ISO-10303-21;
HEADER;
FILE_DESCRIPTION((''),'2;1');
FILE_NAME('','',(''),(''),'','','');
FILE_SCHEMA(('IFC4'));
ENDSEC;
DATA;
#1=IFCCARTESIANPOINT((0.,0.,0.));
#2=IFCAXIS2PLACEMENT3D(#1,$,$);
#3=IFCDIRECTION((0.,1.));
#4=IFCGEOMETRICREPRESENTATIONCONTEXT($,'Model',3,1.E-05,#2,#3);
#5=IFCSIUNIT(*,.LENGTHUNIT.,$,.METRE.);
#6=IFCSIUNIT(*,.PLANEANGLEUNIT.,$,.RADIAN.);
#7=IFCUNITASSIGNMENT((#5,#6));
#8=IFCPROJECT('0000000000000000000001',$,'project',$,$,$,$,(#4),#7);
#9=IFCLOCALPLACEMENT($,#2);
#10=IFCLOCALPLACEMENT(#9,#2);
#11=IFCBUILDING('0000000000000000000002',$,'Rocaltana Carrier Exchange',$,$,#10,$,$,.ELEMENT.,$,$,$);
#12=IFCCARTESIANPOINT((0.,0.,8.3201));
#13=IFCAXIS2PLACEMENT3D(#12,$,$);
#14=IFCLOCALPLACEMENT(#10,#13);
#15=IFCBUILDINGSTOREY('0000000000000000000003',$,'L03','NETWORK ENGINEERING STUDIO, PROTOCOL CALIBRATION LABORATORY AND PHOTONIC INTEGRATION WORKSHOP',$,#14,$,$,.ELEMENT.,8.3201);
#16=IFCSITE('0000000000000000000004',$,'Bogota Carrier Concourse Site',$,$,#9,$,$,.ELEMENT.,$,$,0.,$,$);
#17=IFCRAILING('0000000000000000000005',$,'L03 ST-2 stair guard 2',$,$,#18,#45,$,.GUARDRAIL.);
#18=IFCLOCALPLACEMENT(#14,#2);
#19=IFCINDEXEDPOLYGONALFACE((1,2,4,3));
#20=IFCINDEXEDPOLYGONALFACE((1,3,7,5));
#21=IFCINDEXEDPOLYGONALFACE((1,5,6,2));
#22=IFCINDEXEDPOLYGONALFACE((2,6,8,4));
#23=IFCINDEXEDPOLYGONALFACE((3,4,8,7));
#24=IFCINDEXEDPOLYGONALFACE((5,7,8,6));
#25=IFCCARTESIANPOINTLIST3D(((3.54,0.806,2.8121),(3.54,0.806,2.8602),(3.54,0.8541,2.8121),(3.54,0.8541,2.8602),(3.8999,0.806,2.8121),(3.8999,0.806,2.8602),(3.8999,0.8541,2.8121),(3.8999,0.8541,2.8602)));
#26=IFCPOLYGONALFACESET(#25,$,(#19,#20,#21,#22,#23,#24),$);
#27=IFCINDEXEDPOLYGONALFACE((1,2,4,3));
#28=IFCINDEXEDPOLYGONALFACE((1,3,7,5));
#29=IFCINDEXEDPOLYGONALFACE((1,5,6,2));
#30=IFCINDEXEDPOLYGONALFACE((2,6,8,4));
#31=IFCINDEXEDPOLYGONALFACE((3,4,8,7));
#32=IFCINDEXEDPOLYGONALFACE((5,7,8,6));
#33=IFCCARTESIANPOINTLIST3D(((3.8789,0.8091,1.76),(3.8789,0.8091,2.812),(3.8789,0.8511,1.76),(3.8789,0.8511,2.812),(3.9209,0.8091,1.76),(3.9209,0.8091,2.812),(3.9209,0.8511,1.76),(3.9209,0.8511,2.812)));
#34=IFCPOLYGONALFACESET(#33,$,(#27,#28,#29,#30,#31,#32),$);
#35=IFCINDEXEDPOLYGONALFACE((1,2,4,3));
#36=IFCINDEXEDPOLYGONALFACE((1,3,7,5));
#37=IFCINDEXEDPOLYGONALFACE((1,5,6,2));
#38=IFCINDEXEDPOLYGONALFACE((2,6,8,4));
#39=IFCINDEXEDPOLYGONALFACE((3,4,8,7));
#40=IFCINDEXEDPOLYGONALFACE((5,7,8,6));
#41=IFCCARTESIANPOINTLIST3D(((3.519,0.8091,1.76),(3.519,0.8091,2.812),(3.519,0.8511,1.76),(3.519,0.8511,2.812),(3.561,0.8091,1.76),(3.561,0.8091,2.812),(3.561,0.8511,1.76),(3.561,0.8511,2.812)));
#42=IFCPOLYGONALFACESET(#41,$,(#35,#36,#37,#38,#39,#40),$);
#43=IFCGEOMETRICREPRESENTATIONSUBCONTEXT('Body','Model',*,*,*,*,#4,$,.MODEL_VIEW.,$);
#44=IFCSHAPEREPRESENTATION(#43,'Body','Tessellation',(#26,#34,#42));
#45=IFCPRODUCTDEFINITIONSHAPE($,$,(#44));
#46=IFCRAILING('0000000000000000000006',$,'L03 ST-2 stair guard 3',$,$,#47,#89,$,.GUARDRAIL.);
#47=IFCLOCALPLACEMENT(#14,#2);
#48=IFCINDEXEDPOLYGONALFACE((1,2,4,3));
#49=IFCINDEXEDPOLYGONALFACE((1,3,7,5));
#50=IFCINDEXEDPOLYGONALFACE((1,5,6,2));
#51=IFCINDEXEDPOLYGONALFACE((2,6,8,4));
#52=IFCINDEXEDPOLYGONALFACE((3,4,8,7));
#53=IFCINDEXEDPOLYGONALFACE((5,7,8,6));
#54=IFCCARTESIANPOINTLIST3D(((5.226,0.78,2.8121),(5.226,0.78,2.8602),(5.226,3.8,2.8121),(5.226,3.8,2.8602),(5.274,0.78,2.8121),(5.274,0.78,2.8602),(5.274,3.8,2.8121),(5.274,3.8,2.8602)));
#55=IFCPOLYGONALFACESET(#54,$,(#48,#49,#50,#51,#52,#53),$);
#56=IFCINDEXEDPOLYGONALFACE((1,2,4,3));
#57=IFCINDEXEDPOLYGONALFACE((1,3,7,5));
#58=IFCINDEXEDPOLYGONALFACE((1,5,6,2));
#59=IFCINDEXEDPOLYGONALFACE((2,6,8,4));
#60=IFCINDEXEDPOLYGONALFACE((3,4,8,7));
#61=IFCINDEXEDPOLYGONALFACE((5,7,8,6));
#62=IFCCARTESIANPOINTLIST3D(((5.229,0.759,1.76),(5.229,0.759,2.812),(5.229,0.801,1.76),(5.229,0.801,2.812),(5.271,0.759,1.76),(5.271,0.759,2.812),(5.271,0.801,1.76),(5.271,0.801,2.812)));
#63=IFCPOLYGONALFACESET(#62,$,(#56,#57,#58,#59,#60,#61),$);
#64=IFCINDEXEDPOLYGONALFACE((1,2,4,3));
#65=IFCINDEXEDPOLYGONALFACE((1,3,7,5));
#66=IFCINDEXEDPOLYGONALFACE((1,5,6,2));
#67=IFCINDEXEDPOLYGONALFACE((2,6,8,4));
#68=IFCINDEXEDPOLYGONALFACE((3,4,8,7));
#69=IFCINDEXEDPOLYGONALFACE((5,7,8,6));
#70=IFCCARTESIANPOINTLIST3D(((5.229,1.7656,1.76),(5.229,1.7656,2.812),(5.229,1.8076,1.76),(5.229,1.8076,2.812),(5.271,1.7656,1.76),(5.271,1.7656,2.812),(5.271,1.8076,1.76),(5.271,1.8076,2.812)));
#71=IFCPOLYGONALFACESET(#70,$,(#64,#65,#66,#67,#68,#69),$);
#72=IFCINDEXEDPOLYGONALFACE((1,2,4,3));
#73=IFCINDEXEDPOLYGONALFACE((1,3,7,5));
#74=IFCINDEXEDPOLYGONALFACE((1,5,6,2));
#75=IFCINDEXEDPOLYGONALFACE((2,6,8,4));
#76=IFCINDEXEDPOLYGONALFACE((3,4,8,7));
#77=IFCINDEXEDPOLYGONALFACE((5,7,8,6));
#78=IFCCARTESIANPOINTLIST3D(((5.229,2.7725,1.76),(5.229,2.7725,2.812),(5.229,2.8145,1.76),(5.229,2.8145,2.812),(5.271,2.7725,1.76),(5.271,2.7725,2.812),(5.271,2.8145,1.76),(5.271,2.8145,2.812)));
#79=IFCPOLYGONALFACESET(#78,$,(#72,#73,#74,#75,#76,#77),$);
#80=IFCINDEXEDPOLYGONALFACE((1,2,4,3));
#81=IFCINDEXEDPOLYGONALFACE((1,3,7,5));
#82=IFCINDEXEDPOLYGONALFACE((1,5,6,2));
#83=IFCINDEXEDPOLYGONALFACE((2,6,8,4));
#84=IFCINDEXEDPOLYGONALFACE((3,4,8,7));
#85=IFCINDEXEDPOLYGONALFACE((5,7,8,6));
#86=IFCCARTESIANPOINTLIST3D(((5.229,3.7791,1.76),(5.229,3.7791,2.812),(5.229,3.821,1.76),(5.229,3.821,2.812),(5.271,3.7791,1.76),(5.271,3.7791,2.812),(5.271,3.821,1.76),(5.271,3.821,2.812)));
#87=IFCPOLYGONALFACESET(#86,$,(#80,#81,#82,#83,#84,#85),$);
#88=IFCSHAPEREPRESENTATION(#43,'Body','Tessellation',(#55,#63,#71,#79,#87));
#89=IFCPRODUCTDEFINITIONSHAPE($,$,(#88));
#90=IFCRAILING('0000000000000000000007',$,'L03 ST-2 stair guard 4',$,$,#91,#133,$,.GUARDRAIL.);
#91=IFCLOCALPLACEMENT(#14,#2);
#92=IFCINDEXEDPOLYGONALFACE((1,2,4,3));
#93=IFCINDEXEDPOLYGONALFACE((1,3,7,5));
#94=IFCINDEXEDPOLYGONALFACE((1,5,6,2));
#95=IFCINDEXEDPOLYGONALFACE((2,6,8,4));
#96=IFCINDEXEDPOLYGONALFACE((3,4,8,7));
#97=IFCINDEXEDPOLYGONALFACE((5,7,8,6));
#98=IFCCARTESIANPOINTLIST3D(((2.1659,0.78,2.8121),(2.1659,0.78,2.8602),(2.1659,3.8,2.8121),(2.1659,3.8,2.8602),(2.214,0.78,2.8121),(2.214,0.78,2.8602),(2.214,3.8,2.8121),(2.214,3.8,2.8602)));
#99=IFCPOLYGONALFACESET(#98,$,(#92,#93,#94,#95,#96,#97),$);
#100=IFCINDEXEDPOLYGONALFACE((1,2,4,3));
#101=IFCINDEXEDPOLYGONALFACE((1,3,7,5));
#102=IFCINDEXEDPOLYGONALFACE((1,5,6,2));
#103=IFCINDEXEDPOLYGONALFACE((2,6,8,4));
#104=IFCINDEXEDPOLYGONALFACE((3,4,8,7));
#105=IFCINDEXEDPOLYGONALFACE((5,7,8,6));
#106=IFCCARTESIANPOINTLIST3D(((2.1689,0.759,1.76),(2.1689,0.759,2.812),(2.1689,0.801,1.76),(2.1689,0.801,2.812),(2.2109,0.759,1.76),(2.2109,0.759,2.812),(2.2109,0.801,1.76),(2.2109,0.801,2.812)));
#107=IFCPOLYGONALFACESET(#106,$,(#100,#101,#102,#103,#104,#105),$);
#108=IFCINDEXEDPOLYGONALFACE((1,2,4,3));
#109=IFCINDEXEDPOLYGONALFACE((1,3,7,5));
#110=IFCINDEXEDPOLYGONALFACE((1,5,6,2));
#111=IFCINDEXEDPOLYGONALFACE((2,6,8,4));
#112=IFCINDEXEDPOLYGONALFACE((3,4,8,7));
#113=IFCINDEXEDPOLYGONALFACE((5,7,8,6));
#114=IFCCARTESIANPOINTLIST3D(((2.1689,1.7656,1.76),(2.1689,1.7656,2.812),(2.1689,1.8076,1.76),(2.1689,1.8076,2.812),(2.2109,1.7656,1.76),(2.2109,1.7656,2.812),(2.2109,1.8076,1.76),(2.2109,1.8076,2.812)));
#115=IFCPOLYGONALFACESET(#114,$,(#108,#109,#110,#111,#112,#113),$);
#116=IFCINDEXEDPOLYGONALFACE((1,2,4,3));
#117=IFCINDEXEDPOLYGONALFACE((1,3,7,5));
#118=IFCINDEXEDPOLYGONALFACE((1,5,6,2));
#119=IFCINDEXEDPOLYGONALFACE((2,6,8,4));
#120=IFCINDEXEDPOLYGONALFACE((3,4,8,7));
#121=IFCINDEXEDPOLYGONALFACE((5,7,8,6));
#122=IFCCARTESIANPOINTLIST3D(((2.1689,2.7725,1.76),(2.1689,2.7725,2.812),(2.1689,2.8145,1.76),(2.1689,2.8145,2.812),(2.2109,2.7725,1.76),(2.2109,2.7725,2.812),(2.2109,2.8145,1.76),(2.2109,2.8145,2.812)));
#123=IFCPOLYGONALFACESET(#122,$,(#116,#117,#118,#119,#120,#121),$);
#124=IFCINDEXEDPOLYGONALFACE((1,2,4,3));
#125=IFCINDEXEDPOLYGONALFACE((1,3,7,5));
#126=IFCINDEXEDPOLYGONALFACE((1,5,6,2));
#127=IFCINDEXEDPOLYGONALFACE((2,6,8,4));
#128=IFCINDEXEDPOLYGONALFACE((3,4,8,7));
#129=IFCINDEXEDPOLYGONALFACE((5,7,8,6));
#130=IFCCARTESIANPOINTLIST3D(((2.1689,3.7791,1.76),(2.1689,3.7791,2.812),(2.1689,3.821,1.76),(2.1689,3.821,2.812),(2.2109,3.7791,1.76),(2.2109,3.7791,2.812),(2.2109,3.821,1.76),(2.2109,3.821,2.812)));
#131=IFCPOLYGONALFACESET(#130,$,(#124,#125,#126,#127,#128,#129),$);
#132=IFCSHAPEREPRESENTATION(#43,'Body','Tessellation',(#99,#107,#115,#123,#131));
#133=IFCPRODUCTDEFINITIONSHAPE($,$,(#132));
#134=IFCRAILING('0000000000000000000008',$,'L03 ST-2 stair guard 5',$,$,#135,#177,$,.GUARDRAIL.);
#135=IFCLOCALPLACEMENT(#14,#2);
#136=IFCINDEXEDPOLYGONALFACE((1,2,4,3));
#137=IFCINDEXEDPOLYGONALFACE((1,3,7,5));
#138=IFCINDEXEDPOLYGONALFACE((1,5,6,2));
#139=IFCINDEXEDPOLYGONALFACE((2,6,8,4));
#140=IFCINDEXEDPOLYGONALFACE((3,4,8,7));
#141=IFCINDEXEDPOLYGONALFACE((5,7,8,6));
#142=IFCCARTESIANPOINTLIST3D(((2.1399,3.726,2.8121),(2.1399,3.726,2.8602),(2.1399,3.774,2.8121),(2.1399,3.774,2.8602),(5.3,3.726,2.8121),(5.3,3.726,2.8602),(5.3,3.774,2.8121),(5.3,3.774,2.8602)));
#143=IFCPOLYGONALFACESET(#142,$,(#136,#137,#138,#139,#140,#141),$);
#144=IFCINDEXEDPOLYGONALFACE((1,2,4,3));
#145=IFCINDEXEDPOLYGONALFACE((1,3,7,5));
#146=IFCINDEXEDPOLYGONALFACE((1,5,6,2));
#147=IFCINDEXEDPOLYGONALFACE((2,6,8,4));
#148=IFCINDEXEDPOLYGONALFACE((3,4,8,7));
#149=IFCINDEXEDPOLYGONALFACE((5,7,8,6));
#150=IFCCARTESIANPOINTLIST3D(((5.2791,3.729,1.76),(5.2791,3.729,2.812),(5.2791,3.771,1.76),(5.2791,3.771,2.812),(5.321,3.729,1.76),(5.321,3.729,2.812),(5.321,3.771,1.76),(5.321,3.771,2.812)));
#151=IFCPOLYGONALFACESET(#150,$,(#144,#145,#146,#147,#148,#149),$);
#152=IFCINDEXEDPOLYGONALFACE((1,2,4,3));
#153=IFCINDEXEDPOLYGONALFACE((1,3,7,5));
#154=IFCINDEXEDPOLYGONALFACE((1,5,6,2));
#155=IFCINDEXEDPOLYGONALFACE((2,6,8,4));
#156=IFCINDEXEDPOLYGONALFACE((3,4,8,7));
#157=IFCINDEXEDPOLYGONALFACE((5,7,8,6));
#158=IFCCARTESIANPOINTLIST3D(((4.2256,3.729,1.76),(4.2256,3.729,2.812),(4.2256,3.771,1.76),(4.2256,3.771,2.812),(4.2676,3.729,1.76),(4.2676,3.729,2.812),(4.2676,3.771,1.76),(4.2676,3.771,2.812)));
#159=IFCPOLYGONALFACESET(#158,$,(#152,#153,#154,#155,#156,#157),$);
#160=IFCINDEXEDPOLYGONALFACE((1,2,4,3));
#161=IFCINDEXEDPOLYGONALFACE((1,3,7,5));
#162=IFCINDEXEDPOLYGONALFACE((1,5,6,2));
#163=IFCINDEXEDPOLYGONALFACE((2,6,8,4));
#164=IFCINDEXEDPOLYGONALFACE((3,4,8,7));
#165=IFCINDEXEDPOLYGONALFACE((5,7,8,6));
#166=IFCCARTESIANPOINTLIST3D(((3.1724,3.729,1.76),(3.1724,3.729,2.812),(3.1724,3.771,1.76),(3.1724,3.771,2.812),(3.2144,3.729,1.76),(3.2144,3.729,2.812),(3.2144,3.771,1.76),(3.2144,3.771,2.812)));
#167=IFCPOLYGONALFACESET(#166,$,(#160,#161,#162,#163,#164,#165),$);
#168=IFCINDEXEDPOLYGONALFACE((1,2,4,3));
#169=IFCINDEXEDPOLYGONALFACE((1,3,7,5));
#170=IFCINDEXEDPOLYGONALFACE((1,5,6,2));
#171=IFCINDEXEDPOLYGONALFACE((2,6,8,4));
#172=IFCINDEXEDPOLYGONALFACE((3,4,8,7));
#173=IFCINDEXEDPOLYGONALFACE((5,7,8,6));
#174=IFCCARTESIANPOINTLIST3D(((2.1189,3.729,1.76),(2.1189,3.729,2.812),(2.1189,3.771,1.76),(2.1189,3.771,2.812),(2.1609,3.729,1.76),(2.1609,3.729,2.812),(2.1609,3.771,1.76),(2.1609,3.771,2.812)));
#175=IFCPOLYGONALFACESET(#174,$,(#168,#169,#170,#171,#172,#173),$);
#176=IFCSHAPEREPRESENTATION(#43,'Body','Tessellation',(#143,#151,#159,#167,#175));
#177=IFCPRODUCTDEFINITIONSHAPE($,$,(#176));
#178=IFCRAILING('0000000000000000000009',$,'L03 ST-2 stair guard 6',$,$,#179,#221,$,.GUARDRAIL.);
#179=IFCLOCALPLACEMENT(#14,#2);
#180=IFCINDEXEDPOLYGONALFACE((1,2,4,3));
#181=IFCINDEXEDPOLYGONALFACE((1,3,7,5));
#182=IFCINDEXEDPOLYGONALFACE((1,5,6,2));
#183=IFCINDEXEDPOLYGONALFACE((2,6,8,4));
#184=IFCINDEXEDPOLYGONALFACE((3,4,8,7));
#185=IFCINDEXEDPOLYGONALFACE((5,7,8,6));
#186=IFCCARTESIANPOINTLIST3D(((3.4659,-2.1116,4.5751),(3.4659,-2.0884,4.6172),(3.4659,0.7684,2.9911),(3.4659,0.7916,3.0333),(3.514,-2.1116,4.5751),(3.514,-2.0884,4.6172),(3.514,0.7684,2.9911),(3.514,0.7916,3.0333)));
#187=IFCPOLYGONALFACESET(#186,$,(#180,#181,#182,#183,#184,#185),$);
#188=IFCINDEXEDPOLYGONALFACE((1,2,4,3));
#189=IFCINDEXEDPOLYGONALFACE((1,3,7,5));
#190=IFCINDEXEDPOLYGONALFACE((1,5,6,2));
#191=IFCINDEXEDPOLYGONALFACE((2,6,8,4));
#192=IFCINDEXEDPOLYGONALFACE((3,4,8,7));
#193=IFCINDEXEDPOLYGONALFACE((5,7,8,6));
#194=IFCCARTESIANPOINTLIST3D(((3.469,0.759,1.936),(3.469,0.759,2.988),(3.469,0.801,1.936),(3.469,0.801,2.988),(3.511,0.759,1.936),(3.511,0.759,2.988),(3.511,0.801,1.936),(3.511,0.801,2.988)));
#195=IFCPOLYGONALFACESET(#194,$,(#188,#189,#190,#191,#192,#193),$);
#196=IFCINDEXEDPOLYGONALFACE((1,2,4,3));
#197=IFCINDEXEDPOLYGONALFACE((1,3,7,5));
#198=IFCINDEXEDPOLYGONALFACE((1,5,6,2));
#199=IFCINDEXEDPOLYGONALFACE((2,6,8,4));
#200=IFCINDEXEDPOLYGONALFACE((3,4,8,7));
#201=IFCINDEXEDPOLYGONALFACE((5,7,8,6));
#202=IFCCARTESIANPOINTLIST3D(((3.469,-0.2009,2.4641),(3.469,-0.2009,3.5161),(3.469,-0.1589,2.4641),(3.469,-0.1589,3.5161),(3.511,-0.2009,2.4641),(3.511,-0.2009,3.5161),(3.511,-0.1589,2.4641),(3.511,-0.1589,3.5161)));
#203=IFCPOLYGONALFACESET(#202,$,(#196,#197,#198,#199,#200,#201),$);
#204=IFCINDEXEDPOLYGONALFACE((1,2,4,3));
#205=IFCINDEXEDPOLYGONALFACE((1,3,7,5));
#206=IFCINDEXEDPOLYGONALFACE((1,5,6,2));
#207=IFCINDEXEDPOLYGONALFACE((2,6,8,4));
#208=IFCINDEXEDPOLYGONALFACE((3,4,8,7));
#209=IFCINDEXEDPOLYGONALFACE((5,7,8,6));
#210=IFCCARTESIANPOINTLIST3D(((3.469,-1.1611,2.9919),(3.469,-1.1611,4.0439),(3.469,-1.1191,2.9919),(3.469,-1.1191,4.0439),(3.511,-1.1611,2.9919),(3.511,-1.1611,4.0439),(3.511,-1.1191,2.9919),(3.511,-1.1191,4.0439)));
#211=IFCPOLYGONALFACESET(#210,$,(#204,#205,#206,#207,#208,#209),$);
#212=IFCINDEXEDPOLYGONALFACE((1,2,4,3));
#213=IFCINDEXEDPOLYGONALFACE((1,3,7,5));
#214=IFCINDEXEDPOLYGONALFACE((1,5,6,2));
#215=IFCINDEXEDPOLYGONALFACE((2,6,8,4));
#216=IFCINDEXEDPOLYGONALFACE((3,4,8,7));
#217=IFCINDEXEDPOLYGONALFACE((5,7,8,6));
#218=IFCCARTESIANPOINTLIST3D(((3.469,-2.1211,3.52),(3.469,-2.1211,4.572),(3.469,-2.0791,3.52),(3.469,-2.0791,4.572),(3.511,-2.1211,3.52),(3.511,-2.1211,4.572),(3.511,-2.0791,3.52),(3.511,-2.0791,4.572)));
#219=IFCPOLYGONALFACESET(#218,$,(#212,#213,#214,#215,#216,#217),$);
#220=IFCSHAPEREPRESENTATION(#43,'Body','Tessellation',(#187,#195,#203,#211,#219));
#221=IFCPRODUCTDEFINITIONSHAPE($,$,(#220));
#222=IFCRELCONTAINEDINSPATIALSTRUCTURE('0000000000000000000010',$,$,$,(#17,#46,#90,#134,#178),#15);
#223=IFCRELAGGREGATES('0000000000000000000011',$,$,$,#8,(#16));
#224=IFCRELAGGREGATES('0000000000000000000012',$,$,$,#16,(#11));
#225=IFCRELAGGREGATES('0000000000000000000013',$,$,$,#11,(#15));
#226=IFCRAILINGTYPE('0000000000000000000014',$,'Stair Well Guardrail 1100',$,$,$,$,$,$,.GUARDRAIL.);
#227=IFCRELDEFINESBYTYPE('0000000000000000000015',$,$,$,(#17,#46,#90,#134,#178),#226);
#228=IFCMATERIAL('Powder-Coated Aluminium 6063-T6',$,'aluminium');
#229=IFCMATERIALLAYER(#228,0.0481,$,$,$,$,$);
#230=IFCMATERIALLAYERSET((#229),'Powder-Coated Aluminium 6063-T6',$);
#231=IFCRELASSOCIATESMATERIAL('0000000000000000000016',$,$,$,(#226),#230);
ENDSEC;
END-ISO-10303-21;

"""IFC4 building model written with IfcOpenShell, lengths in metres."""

from ifc_helpers import new_model, si_unit, direction, frame, origin, origin_2d, place, context, subcontext, project, spatial, rectangle, extrude, material, layer, layer_set, type_object, element, save


model = new_model("IFC4")

# Units and contexts
model_context = context("Model", 3, precision=1e-05, world=origin(), true_north=direction((0.0, 1.0)))
body_context = subcontext(model_context, "Body", "Model", "MODEL_VIEW")
ifc_project = project(units=[si_unit("LENGTHUNIT", "METRE"), si_unit("PLANEANGLEUNIT", "RADIAN")], contexts=[model_context])

# Site, building, storey
site_placement = place(None, origin())
site = spatial("IfcSite", under=ifc_project, at=site_placement, Name="Bogota Carrier Concourse Site", CompositionType="ELEMENT", RefElevation=0.0)
building_placement = place(site_placement, origin())
building = spatial("IfcBuilding", under=site, at=building_placement, Name="Rocaltana Carrier Exchange", CompositionType="ELEMENT")
storey_placement = place(building_placement, frame((0.0, 0.0, 8.3201)))
storey = spatial("IfcBuildingStorey", under=building, at=storey_placement, Name="L03", Description="NETWORK ENGINEERING STUDIO, PROTOCOL CALIBRATION LABORATORY AND PHOTONIC INTEGRATION WORKSHOP", CompositionType="ELEMENT", Elevation=8.3201)

# Railings
ifc_material_1 = material(Name="Powder-Coated Aluminium 6063-T6", Category="aluminium")
ifc_layer_1 = layer(ifc_material_1, 0.0481)
ifc_layer_set_1 = layer_set([ifc_layer_1], Name="Powder-Coated Aluminium 6063-T6")
railing_type_1 = type_object("IfcRailingType", Name="Stair Well Guardrail 1100", PredefinedType="GUARDRAIL", material=ifc_layer_set_1)
railing_1_placement = place(storey_placement, frame((3.8999, 0.8301, 1.76)))
element("IfcRailing", 1, at=railing_1_placement, inside=storey, type_object=railing_type_1, Name="L03 ST-2 stair guard 2", PredefinedType="GUARDRAIL", context=body_context, shape_type="SweptSolid", body=[
    extrude(rectangle(XDim=0.0481, YDim=0.0481, at=origin_2d()), frame((0.0, 0.0, 1.0762), z_axis=(-1.0, 0.0, 0.0), x_axis=(0.0, -1.0, 0.0)), (0.0, 0.0, 1.0), 0.3599),
    extrude(rectangle(XDim=0.042, YDim=0.042, at=origin_2d()), origin(), (0.0, 0.0, 1.0), 1.052),
    extrude(rectangle(XDim=0.042, YDim=0.042, at=origin_2d()), frame((-0.3599, 0.0, 0.0)), (0.0, 0.0, 1.0), 1.052),
])
for number, where, name in (
    (2, (5.25, 0.78, 1.76), "L03 ST-2 stair guard 3"),
    (3, (2.1899, 0.78, 1.76), "L03 ST-2 stair guard 4"),
):
    element("IfcRailing", number, at=place(storey_placement, frame(where)), inside=storey, type_object=railing_type_1, Name=name, PredefinedType="GUARDRAIL", context=body_context, shape_type="SweptSolid", body=[
        extrude(rectangle(XDim=0.0481, YDim=0.0481, at=origin_2d()), frame((0.0, 0.0, 1.0762), z_axis=(0.0, 1.0, 0.0), x_axis=(-1.0, 0.0, 0.0)), (0.0, 0.0, 1.0), 3.02),
        extrude(rectangle(XDim=0.042, YDim=0.042, at=origin_2d()), origin(), (0.0, 0.0, 1.0), 1.052),
        extrude(rectangle(XDim=0.042, YDim=0.042, at=origin_2d()), frame((0.0, 1.0066, 0.0)), (0.0, 0.0, 1.0), 1.052),
        extrude(rectangle(XDim=0.042, YDim=0.042, at=origin_2d()), frame((0.0, 2.0134, 0.0)), (0.0, 0.0, 1.0), 1.052),
        extrude(rectangle(XDim=0.042, YDim=0.042, at=origin_2d()), frame((0.0, 3.02, 0.0)), (0.0, 0.0, 1.0), 1.052),
    ])
railing_2_placement = place(storey_placement, frame((5.3, 3.75, 1.76)))
element("IfcRailing", 4, at=railing_2_placement, inside=storey, type_object=railing_type_1, Name="L03 ST-2 stair guard 5", PredefinedType="GUARDRAIL", context=body_context, shape_type="SweptSolid", body=[
    extrude(rectangle(XDim=0.0481, YDim=0.0481, at=origin_2d()), frame((0.0, 0.0, 1.0762), z_axis=(-1.0, 0.0, 0.0), x_axis=(0.0, -1.0, 0.0)), (0.0, 0.0, 1.0), 3.1602),
    extrude(rectangle(XDim=0.042, YDim=0.042, at=origin_2d()), origin(), (0.0, 0.0, 1.0), 1.052),
    extrude(rectangle(XDim=0.042, YDim=0.042, at=origin_2d()), frame((-1.0535, 0.0, 0.0)), (0.0, 0.0, 1.0), 1.052),
    extrude(rectangle(XDim=0.042, YDim=0.042, at=origin_2d()), frame((-2.1067, 0.0, 0.0)), (0.0, 0.0, 1.0), 1.052),
    extrude(rectangle(XDim=0.042, YDim=0.042, at=origin_2d()), frame((-3.1602, 0.0, 0.0)), (0.0, 0.0, 1.0), 1.052),
])
railing_3_placement = place(storey_placement, frame((3.49, 0.78, 1.936)))
element("IfcRailing", 5, at=railing_3_placement, inside=storey, type_object=railing_type_1, Name="L03 ST-2 stair guard 6", PredefinedType="GUARDRAIL", context=body_context, shape_type="SweptSolid", body=[
    extrude(rectangle(XDim=0.0481, YDim=0.0481, at=origin_2d()), frame((0.0, 0.0, 1.0762), z_axis=(0.0, -0.876227, 0.481899), x_axis=(1.0, 0.0, 0.0)), (0.0, 0.0, 1.0), 3.2869),
    extrude(rectangle(XDim=0.042, YDim=0.042, at=origin_2d()), origin(), (0.0, 0.0, 1.0), 1.052),
    extrude(rectangle(XDim=0.042, YDim=0.042, at=origin_2d()), frame((0.0, -0.96, 0.5281)), (0.0, 0.0, 1.0), 1.052),
    extrude(rectangle(XDim=0.042, YDim=0.042, at=origin_2d()), frame((0.0, -1.9202, 1.0559)), (0.0, 0.0, 1.0), 1.052),
    extrude(rectangle(XDim=0.042, YDim=0.042, at=origin_2d()), frame((0.0, -2.8801, 1.584)), (0.0, 0.0, 1.0), 1.052),
])

save(model, "model.ifc")
